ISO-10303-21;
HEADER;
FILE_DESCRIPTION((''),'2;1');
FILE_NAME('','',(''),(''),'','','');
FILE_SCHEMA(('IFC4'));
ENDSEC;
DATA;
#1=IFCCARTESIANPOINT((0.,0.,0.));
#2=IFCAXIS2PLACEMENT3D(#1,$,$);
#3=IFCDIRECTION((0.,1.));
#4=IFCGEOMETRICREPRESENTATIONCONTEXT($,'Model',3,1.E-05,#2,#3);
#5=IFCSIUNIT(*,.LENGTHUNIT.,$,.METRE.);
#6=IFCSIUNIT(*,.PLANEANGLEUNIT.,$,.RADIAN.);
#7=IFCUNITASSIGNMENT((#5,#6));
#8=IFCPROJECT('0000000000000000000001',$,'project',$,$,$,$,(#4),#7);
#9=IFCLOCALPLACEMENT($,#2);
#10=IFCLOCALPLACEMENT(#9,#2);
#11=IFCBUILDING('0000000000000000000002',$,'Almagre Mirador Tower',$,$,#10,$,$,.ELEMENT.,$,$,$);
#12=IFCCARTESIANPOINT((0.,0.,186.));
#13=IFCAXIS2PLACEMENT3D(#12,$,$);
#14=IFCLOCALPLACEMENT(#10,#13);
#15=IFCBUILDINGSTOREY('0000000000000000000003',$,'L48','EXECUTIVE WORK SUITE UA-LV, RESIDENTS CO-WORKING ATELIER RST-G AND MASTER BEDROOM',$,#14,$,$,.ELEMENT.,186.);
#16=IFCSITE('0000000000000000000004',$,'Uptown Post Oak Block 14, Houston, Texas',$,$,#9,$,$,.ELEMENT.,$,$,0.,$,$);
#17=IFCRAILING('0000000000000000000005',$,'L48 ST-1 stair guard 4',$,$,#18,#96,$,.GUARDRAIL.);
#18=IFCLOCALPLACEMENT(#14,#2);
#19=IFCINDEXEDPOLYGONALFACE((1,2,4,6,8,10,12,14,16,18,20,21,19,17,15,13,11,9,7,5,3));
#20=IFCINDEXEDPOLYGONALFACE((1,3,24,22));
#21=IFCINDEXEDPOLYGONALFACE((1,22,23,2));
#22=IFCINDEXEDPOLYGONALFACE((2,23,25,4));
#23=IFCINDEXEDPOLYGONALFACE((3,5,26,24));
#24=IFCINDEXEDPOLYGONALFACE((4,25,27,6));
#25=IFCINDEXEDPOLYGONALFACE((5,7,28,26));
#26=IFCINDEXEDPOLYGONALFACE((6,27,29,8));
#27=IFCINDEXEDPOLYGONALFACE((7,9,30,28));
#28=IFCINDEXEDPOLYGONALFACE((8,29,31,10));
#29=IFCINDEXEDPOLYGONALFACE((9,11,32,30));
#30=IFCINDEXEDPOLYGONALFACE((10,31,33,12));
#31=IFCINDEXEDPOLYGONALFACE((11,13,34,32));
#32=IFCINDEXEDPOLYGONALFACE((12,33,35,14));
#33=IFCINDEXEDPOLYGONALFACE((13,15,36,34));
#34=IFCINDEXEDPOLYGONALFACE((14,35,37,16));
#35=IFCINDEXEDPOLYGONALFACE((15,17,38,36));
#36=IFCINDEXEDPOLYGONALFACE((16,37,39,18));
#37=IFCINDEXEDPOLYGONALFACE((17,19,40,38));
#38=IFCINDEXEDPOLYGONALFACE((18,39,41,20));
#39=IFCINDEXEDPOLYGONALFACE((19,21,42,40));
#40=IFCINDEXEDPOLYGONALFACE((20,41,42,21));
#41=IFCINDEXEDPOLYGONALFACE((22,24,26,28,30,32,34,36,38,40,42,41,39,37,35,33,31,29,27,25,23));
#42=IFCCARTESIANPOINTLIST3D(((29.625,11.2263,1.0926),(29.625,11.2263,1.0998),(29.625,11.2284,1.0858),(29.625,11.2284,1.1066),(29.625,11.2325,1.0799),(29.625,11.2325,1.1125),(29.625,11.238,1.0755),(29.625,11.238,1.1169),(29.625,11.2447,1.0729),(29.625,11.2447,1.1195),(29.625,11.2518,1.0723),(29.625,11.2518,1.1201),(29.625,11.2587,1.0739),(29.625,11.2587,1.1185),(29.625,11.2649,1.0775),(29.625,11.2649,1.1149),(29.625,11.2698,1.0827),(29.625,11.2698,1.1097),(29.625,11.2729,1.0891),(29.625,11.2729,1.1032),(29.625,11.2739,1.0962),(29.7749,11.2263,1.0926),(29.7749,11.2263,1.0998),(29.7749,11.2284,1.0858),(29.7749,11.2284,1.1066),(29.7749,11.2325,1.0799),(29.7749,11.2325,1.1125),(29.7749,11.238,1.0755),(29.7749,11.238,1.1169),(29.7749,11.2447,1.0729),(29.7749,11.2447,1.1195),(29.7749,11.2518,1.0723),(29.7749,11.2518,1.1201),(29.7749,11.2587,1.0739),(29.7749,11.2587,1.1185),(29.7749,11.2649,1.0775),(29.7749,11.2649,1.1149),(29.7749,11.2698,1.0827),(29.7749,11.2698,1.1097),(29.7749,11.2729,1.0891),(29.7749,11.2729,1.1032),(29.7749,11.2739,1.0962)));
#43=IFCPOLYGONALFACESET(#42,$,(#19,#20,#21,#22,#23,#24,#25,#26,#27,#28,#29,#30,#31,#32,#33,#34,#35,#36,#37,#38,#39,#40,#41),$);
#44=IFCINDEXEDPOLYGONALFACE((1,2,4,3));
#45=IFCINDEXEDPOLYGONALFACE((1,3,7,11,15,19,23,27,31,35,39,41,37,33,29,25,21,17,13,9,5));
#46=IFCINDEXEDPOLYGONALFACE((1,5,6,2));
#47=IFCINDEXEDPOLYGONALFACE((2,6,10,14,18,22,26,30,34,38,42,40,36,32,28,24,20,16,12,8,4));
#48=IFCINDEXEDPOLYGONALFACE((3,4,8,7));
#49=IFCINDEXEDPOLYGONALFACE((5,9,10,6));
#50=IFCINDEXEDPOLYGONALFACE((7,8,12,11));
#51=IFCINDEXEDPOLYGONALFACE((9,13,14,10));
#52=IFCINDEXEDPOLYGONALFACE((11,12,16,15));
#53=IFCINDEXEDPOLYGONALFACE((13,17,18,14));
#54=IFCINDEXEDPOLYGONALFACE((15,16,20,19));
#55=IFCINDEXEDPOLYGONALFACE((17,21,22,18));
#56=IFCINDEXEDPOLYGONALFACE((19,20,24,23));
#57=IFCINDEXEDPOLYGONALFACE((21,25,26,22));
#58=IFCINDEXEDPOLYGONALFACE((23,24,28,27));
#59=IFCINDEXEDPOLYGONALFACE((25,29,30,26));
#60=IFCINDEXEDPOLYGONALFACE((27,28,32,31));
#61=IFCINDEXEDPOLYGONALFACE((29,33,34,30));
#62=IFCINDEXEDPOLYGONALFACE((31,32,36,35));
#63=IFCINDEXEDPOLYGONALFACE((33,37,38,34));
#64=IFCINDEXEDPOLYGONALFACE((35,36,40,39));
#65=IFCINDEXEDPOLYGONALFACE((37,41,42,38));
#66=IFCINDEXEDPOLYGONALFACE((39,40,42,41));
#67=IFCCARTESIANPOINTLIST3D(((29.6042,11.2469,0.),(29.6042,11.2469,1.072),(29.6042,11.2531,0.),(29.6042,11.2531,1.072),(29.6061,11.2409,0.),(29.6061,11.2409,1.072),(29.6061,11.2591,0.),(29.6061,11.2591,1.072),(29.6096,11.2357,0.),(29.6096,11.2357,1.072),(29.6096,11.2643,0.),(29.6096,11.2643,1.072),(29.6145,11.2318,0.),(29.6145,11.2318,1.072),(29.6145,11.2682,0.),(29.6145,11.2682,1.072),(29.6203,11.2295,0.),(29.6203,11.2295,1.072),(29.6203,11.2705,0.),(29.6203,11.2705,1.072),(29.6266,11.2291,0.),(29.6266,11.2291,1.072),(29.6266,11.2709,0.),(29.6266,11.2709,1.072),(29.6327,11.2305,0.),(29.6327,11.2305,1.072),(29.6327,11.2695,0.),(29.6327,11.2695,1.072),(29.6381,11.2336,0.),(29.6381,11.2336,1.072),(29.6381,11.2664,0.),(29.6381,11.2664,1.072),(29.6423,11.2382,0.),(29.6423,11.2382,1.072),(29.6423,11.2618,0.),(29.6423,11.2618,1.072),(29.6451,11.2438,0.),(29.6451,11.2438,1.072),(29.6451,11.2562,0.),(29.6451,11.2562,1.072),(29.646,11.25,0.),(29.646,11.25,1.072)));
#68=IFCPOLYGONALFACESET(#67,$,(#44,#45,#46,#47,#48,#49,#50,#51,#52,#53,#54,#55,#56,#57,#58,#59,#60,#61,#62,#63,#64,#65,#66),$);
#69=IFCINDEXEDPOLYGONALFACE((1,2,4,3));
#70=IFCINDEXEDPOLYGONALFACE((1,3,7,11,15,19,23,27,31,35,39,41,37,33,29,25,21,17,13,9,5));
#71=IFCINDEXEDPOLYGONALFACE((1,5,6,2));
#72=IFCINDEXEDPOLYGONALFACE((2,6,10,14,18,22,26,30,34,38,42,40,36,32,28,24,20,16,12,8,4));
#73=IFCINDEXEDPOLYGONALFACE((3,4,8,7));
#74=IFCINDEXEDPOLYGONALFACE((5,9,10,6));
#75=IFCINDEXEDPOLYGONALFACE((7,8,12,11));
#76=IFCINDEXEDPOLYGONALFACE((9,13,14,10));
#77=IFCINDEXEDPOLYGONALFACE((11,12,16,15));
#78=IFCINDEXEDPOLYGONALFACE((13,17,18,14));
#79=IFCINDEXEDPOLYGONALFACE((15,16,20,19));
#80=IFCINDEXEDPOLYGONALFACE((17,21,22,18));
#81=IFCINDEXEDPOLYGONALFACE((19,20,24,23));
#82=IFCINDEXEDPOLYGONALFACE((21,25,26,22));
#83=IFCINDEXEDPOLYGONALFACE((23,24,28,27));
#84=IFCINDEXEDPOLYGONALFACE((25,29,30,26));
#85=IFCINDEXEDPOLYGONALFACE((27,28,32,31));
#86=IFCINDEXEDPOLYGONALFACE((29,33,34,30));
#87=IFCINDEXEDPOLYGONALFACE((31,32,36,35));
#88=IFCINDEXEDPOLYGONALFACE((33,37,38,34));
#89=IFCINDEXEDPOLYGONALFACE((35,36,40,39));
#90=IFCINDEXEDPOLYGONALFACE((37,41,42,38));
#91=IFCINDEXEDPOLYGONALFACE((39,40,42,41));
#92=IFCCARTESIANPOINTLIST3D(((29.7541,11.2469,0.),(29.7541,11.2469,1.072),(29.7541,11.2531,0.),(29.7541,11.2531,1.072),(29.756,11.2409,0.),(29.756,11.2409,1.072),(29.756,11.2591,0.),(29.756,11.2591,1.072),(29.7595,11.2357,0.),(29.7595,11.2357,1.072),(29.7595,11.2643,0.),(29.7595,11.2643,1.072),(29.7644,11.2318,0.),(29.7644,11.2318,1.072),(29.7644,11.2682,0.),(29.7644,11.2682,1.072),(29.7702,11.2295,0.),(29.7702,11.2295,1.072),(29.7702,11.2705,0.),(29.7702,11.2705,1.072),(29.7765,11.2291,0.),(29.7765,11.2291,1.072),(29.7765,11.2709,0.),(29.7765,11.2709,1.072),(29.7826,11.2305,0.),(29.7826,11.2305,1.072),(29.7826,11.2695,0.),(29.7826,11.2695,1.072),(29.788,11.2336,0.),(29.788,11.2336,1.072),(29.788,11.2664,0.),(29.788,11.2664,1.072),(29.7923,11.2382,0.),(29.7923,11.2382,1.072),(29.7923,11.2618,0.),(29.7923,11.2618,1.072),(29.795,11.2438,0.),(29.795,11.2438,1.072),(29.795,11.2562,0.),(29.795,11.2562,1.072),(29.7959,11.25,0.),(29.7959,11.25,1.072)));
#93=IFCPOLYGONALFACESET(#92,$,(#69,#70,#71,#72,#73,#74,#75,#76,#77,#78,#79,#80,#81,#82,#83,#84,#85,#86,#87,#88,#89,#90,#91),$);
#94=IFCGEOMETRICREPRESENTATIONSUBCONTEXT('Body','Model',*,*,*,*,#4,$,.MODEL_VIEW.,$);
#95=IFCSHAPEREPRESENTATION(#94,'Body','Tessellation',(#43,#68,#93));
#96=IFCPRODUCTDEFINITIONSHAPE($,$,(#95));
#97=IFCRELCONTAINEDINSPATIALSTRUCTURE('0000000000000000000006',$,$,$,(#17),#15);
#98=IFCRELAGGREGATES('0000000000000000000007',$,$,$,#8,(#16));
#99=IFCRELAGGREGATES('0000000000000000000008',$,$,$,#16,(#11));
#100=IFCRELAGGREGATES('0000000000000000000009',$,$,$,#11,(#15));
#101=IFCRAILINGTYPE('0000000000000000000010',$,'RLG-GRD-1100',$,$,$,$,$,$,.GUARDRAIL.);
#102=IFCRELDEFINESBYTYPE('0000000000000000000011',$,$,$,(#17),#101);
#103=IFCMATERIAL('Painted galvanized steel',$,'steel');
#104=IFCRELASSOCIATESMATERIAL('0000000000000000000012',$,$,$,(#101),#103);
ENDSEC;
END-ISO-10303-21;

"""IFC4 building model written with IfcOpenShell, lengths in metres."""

from ifc_helpers import new_model, si_unit, direction, frame, origin, origin_2d, place, context, subcontext, project, spatial, circle, extrude, material, type_object, element, save


model = new_model("IFC4")

# Units and contexts
model_context = context("Model", 3, precision=1e-05, world=origin(), true_north=direction((0.0, 1.0)))
body_context = subcontext(model_context, "Body", "Model", "MODEL_VIEW")
ifc_project = project(units=[si_unit("LENGTHUNIT", "METRE"), si_unit("PLANEANGLEUNIT", "RADIAN")], contexts=[model_context])

# Site, building, storey
site_placement = place(None, origin())
site = spatial("IfcSite", under=ifc_project, at=site_placement, Name="Uptown Post Oak Block 14, Houston, Texas", CompositionType="ELEMENT", RefElevation=0.0)
building_placement = place(site_placement, origin())
building = spatial("IfcBuilding", under=site, at=building_placement, Name="Almagre Mirador Tower", CompositionType="ELEMENT")
storey_placement = place(building_placement, frame((0.0, 0.0, 186.0)))
storey = spatial("IfcBuildingStorey", under=building, at=storey_placement, Name="L48", Description="EXECUTIVE WORK SUITE UA-LV, RESIDENTS CO-WORKING ATELIER RST-G AND MASTER BEDROOM", CompositionType="ELEMENT", Elevation=186.0)

# Railing
ifc_material_1 = material(Name="Painted galvanized steel", Category="steel")
railing_type_1 = type_object("IfcRailingType", Name="RLG-GRD-1100", PredefinedType="GUARDRAIL", material=ifc_material_1)
railing_1_placement = place(storey_placement, frame((29.625, 11.25, 0.0)))
element("IfcRailing", 1, at=railing_1_placement, inside=storey, type_object=railing_type_1, Name="L48 ST-1 stair guard 4", PredefinedType="GUARDRAIL", context=body_context, shape_type="SweptSolid", body=[
    extrude(circle(Radius=0.0239, at=origin_2d()), frame((0.0, 0.0, 1.0962), z_axis=(1.0, 0.0, 0.0), x_axis=(0.0, 1.0, 0.0)), (0.0, 0.0, 1.0), 0.1499),
    extrude(circle(Radius=0.021, at=origin_2d()), origin(), (0.0, 0.0, 1.0), 1.072),
    extrude(circle(Radius=0.021, at=origin_2d()), frame((0.1499, 0.0, 0.0)), (0.0, 0.0, 1.0), 1.072),
])

save(model, "model.ifc")
